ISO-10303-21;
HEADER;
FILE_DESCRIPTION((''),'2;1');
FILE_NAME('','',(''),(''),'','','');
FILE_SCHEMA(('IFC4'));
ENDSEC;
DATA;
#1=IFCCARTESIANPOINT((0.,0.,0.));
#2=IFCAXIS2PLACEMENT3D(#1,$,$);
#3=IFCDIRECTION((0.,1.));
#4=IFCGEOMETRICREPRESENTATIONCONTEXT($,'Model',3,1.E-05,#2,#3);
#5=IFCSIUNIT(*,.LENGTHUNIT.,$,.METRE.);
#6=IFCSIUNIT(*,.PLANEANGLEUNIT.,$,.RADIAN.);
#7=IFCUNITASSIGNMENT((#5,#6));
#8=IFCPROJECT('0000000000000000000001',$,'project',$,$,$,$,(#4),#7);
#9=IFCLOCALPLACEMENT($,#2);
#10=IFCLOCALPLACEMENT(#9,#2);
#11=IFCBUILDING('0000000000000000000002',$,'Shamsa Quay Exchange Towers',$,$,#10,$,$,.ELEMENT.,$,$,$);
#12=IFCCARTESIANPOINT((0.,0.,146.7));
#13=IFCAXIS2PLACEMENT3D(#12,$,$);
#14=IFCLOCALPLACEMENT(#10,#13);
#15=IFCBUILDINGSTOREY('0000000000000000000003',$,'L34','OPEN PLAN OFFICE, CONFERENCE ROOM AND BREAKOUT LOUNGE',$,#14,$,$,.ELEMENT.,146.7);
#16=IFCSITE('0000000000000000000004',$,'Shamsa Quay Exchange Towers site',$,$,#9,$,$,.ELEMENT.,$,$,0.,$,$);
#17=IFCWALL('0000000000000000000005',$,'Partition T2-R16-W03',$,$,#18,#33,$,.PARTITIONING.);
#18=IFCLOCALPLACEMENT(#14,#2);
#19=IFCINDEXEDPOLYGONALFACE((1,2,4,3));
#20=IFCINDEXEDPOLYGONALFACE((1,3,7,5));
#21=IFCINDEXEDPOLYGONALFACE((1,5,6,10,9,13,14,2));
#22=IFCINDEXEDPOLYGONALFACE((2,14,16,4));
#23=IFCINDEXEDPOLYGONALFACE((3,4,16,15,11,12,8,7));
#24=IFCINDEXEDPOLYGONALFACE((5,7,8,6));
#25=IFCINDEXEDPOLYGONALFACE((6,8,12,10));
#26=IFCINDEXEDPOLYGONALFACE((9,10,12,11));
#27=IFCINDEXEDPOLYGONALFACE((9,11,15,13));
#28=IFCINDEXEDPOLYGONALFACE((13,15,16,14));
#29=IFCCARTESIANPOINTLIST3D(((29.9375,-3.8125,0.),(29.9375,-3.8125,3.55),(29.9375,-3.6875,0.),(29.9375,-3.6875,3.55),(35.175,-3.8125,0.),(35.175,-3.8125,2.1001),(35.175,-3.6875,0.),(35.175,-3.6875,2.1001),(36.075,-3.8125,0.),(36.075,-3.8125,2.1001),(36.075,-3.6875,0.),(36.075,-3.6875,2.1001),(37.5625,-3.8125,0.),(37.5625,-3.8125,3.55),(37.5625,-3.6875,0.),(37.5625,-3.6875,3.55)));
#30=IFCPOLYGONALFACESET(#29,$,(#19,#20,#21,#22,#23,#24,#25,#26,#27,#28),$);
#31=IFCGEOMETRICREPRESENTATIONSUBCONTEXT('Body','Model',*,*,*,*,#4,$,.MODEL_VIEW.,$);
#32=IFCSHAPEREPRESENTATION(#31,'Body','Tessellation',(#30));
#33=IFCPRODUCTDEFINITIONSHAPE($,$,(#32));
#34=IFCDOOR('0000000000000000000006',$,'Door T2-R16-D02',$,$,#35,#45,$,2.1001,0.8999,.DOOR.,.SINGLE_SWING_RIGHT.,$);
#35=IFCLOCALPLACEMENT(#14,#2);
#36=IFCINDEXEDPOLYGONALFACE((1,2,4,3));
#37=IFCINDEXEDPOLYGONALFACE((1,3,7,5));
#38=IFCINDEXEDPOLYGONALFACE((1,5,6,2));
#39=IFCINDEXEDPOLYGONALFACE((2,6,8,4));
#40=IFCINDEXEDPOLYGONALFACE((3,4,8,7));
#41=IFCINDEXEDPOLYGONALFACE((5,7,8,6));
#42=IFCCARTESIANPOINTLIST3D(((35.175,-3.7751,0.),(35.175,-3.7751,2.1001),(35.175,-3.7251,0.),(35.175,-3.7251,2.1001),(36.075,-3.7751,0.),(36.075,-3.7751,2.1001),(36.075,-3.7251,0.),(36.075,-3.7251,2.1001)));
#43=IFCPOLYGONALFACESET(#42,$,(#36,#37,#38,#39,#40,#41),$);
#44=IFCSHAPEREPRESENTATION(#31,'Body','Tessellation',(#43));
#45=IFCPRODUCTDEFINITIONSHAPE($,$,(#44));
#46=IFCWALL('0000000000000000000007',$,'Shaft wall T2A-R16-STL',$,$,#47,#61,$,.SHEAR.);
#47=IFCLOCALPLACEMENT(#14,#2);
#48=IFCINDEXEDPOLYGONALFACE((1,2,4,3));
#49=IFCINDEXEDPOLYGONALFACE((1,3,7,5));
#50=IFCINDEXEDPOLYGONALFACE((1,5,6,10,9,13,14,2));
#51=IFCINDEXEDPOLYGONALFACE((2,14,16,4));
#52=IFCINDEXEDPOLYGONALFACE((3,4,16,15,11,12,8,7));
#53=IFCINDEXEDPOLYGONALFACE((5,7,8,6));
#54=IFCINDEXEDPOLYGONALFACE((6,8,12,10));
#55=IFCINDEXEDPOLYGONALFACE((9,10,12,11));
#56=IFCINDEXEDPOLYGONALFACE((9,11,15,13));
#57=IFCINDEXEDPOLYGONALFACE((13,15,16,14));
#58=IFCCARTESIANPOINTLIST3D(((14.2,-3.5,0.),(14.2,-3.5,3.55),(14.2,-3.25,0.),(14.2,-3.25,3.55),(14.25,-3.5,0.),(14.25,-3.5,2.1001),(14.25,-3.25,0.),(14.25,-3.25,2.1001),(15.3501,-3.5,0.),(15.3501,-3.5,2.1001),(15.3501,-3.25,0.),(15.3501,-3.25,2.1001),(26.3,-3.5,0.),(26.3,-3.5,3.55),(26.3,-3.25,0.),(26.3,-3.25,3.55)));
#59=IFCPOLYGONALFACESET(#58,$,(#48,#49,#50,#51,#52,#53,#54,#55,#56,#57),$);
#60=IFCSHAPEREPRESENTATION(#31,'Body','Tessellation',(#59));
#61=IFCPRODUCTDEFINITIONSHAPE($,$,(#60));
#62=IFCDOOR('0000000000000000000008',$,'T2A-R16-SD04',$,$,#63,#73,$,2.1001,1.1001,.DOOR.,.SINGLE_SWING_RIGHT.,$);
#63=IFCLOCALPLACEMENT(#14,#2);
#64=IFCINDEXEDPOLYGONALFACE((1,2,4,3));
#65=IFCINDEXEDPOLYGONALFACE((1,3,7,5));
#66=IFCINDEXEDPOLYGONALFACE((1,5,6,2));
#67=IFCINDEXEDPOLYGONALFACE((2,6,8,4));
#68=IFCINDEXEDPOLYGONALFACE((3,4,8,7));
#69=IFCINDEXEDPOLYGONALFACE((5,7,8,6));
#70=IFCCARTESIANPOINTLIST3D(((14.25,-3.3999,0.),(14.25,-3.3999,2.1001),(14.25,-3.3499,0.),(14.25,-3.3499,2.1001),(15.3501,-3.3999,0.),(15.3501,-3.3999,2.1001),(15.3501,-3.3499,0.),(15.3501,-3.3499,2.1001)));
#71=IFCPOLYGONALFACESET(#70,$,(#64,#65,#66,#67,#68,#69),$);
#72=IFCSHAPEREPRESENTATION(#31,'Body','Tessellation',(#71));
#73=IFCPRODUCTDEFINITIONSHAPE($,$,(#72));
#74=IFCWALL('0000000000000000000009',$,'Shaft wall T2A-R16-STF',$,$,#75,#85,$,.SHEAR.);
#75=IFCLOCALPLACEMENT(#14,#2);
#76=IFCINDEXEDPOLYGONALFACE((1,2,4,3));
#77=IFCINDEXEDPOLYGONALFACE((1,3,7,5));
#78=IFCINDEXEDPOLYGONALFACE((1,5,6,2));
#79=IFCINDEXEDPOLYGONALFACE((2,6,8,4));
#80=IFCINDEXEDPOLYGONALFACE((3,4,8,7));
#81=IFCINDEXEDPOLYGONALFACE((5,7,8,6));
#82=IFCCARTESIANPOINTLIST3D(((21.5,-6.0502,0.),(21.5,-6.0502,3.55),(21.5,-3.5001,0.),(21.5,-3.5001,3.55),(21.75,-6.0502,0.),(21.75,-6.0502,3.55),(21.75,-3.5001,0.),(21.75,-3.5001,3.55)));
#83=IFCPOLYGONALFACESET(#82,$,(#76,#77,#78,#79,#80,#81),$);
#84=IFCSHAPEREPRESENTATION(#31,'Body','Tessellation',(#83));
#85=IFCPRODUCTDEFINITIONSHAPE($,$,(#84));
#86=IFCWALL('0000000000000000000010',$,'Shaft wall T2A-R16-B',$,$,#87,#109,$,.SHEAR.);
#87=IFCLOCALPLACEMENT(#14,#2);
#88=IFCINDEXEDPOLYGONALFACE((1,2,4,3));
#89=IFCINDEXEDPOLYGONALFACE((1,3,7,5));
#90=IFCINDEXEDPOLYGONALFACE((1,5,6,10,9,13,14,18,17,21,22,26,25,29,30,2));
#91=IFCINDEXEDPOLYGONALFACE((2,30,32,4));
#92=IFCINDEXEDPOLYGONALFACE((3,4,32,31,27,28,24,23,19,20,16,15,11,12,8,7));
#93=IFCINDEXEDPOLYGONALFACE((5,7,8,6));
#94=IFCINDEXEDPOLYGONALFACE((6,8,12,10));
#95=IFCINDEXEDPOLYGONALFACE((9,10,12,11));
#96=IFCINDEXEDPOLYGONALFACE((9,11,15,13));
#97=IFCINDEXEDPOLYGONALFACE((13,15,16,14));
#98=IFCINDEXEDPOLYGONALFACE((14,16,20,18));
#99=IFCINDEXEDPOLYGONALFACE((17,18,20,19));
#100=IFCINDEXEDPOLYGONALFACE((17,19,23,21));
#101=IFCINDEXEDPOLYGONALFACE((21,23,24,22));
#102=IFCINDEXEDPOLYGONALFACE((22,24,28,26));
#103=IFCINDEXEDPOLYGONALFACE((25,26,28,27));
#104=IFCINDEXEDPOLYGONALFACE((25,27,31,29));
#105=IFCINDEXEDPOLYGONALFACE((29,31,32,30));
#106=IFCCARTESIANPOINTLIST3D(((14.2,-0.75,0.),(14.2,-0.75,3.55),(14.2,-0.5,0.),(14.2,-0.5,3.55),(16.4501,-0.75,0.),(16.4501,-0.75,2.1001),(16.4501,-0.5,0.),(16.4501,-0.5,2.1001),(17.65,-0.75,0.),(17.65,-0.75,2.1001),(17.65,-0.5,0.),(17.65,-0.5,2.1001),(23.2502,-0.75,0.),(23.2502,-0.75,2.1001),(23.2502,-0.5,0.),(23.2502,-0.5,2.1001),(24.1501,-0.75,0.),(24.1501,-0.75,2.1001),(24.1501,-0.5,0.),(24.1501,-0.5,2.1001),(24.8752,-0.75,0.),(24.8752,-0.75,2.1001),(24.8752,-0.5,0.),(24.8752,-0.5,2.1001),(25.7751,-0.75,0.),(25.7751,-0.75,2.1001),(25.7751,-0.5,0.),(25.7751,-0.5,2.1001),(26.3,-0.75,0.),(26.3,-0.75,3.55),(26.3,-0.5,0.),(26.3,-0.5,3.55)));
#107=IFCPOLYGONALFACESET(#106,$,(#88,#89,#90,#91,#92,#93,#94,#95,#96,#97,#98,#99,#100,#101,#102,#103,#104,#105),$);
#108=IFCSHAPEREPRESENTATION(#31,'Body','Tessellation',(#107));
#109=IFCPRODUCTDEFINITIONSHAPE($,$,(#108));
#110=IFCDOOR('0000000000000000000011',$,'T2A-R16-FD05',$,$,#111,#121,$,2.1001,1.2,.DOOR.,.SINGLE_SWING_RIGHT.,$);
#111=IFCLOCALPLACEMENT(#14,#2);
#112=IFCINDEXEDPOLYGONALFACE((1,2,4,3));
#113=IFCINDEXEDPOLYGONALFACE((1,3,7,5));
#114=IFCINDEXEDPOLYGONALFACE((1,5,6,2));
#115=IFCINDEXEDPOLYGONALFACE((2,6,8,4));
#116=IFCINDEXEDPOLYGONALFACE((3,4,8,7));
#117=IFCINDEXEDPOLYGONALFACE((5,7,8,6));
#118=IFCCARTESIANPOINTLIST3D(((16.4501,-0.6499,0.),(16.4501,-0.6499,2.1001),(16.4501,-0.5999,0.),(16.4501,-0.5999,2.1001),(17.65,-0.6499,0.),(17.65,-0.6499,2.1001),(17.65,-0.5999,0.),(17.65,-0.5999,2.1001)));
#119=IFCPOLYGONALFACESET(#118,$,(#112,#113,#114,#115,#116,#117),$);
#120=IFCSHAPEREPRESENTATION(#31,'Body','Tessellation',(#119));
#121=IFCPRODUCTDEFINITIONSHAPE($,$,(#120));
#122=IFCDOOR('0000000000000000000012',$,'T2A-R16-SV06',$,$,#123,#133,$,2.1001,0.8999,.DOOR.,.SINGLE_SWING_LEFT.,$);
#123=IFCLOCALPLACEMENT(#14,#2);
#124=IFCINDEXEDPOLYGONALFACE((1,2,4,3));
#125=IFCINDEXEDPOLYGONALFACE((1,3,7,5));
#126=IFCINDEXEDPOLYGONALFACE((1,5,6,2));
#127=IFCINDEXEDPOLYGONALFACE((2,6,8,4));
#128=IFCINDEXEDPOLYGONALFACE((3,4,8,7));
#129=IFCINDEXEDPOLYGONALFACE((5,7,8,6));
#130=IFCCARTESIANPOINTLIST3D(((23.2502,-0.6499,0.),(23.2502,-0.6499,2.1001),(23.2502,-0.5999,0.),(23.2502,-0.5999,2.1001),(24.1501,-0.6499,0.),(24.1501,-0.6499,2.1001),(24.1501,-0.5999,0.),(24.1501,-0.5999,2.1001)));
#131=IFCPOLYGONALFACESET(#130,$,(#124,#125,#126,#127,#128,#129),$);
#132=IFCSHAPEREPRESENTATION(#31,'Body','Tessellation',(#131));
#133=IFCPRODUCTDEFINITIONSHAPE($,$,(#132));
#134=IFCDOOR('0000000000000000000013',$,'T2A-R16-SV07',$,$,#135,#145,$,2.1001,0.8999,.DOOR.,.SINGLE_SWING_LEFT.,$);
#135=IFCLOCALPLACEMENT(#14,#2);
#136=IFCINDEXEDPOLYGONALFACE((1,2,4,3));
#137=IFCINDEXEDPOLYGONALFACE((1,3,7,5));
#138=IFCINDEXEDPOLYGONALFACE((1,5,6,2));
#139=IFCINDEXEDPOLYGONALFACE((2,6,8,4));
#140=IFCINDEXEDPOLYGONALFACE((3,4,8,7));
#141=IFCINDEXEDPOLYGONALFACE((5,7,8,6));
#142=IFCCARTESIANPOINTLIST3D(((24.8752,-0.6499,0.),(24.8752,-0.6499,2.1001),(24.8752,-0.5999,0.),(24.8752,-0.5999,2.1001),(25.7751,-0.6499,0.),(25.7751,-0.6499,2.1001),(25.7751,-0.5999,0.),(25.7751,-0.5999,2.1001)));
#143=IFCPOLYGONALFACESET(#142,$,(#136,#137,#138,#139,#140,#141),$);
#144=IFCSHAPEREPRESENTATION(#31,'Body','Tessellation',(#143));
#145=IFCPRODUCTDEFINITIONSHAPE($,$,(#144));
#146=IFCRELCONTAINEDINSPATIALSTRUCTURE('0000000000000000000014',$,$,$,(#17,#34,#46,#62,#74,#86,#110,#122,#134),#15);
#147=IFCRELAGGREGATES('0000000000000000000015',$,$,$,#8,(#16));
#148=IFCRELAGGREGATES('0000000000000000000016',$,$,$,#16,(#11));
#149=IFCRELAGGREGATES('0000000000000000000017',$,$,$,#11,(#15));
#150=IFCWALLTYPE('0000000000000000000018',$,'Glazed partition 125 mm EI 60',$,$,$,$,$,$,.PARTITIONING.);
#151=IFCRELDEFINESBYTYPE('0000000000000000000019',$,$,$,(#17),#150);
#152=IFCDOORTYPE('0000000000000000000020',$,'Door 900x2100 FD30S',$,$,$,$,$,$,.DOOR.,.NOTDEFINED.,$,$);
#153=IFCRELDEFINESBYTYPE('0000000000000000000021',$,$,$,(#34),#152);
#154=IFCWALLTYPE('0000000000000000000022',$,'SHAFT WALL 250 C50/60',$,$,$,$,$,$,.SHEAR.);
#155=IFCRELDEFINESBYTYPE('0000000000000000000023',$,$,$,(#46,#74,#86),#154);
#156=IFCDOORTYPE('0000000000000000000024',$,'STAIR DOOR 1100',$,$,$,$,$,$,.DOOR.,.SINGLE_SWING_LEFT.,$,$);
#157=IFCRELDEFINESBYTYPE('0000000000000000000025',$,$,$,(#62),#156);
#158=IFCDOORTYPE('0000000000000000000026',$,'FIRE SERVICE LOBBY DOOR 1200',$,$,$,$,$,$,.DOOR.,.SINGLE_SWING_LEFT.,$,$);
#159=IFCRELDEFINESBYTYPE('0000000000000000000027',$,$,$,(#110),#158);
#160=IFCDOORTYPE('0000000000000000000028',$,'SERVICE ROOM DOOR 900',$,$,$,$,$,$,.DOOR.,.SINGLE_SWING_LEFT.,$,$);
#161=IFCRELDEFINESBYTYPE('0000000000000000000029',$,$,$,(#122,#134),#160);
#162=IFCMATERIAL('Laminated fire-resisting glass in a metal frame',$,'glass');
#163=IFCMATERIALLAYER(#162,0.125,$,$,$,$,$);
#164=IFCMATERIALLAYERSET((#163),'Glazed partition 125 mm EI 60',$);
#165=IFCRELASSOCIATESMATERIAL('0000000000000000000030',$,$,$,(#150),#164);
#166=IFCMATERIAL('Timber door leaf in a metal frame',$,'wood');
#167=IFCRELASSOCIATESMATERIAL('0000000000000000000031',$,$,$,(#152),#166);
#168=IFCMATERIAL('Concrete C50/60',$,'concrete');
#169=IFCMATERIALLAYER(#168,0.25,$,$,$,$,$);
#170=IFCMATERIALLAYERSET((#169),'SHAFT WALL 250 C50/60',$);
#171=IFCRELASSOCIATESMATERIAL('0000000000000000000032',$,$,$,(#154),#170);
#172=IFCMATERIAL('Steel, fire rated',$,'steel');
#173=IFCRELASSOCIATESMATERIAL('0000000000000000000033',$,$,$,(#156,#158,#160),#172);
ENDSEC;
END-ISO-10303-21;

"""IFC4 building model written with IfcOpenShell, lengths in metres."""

from ifc_helpers import new_model, si_unit, direction, frame, frame_2d, origin, place, context, subcontext, project, spatial, rectangle, extrude, material, layer, layer_set, type_object, element, fill, save


model = new_model("IFC4")

# Units and contexts
model_context = context("Model", 3, precision=1e-05, world=origin(), true_north=direction((0.0, 1.0)))
body_context = subcontext(model_context, "Body", "Model", "MODEL_VIEW")
ifc_project = project(units=[si_unit("LENGTHUNIT", "METRE"), si_unit("PLANEANGLEUNIT", "RADIAN")], contexts=[model_context])

# Site, building, storey
site_placement = place(None, origin())
site = spatial("IfcSite", under=ifc_project, at=site_placement, Name="Shamsa Quay Exchange Towers site", CompositionType="ELEMENT", RefElevation=0.0)
building_placement = place(site_placement, origin())
building = spatial("IfcBuilding", under=site, at=building_placement, Name="Shamsa Quay Exchange Towers", CompositionType="ELEMENT")
storey_placement = place(building_placement, frame((0.0, 0.0, 146.7)))
storey = spatial("IfcBuildingStorey", under=building, at=storey_placement, Name="L34", Description="OPEN PLAN OFFICE, CONFERENCE ROOM AND BREAKOUT LOUNGE", CompositionType="ELEMENT", Elevation=146.7)

# Shared definitions
ifc_material_1 = material(Name="Timber door leaf in a metal frame", Category="wood")

# Walls, openings, doors
ifc_material_2 = material(Name="Laminated fire-resisting glass in a metal frame", Category="glass")
ifc_layer_1 = layer(ifc_material_2, 0.125)
ifc_layer_set_1 = layer_set([ifc_layer_1], Name="Glazed partition 125 mm EI 60")
wall_type_1 = type_object("IfcWallType", Name="Glazed partition 125 mm EI 60", PredefinedType="PARTITIONING", material=ifc_layer_set_1)
wall_1_placement = place(storey_placement, frame((29.9375, -3.75, 0.0)))
wall_1 = element("IfcWall", 1, at=wall_1_placement, inside=storey, type_object=wall_type_1, Name="Partition T2-R16-W03", PredefinedType="PARTITIONING", context=body_context, shape_type="SweptSolid", body=[
    extrude(rectangle(XDim=7.625, YDim=0.125, at=frame_2d((3.8125, 0.0))), origin(), (0.0, 0.0, 1.0), 3.55),
])
opening_1_placement = place(wall_1_placement, frame((5.2375, 0.0, 0.0)))
opening_1 = element("IfcOpeningElement", 2, at=opening_1_placement, cuts=wall_1, PredefinedType="OPENING", context=body_context, shape_type="SweptSolid", body=[
    extrude(rectangle(XDim=0.8999, YDim=2.1001, at=frame_2d((0.45, 1.05))), frame((0.0, 0.0725, 0.0), z_axis=(0.0, -1.0, 0.0), x_axis=(1.0, 0.0, 0.0)), (0.0, 0.0, 1.0), 0.145),
])
door_type_1 = type_object("IfcDoorType", Name="Door 900x2100 FD30S", OperationType="NOTDEFINED", PredefinedType="DOOR", material=ifc_material_1)
door_1_placement = place(opening_1_placement, origin())
door_1 = element("IfcDoor", 3, at=door_1_placement, inside=storey, type_object=door_type_1, Name="Door T2-R16-D02", OperationType="SINGLE_SWING_RIGHT", OverallHeight=2.1001, OverallWidth=0.8999, PredefinedType="DOOR", context=body_context, shape_type="SweptSolid", body=[
    extrude(rectangle(XDim=0.8999, YDim=2.1001, at=frame_2d((0.45, 1.05))), frame((0.0, 0.0249, 0.0), z_axis=(0.0, -1.0, 0.0), x_axis=(1.0, 0.0, 0.0)), (0.0, 0.0, 1.0), 0.05),
])
fill(opening_1, door_1)
ifc_material_3 = material(Name="Concrete C50/60", Category="concrete")
ifc_layer_2 = layer(ifc_material_3, 0.25)
ifc_layer_set_2 = layer_set([ifc_layer_2], Name="SHAFT WALL 250 C50/60")
wall_type_2 = type_object("IfcWallType", Name="SHAFT WALL 250 C50/60", PredefinedType="SHEAR", material=ifc_layer_set_2)
wall_2_placement = place(storey_placement, frame((26.3, -3.375, 0.0), z_axis=(0.0, 0.0, 1.0), x_axis=(-1.0, 0.0, 0.0)))
wall_2 = element("IfcWall", 4, at=wall_2_placement, inside=storey, type_object=wall_type_2, Name="Shaft wall T2A-R16-STL", PredefinedType="SHEAR", context=body_context, shape_type="SweptSolid", body=[
    extrude(rectangle(XDim=12.1001, YDim=0.25, at=frame_2d((6.05, 0.0))), origin(), (0.0, 0.0, 1.0), 3.55),
])
opening_2_placement = place(wall_2_placement, frame((10.95, 0.0, 0.0)))
opening_2 = element("IfcOpeningElement", 5, at=opening_2_placement, cuts=wall_2, PredefinedType="OPENING", context=body_context, shape_type="SweptSolid", body=[
    extrude(rectangle(XDim=1.1001, YDim=2.1001, at=frame_2d((0.55, 1.05))), frame((0.0, 0.135, 0.0), z_axis=(0.0, -1.0, 0.0), x_axis=(1.0, 0.0, 0.0)), (0.0, 0.0, 1.0), 0.27),
])
ifc_material_4 = material(Name="Steel, fire rated", Category="steel")
door_type_2 = type_object("IfcDoorType", Name="STAIR DOOR 1100", OperationType="SINGLE_SWING_LEFT", PredefinedType="DOOR", material=ifc_material_4)
door_2_placement = place(opening_2_placement, origin())
door_2 = element("IfcDoor", 6, at=door_2_placement, inside=storey, type_object=door_type_2, Name="T2A-R16-SD04", OperationType="SINGLE_SWING_RIGHT", OverallHeight=2.1001, OverallWidth=1.1001, PredefinedType="DOOR", context=body_context, shape_type="SweptSolid", body=[
    extrude(rectangle(XDim=1.1001, YDim=2.1001, at=frame_2d((0.55, 1.05))), frame((0.0, 0.0249, 0.0), z_axis=(0.0, -1.0, 0.0), x_axis=(1.0, 0.0, 0.0)), (0.0, 0.0, 1.0), 0.05),
])
fill(opening_2, door_2)

# Wall
wall_3_placement = place(storey_placement, frame((21.625, -6.05, 0.0), z_axis=(0.0, 0.0, 1.0), x_axis=(0.0, 1.0, 0.0)))
element("IfcWall", 7, at=wall_3_placement, inside=storey, type_object=wall_type_2, Name="Shaft wall T2A-R16-STF", PredefinedType="SHEAR", context=body_context, shape_type="SweptSolid", body=[
    extrude(rectangle(XDim=2.55, YDim=0.25, at=frame_2d((1.2749, 0.0))), origin(), (0.0, 0.0, 1.0), 3.55),
])

# Wall, openings, doors
wall_4_placement = place(storey_placement, frame((26.3, -0.625, 0.0), z_axis=(0.0, 0.0, 1.0), x_axis=(-1.0, 0.0, 0.0)))
wall_4 = element("IfcWall", 8, at=wall_4_placement, inside=storey, type_object=wall_type_2, Name="Shaft wall T2A-R16-B", PredefinedType="SHEAR", context=body_context, shape_type="SweptSolid", body=[
    extrude(rectangle(XDim=12.1001, YDim=0.25, at=frame_2d((6.05, 0.0))), origin(), (0.0, 0.0, 1.0), 3.55),
])
opening_3_placement = place(wall_4_placement, frame((8.6499, 0.0, 0.0)))
opening_3 = element("IfcOpeningElement", 9, at=opening_3_placement, cuts=wall_4, PredefinedType="OPENING", context=body_context, shape_type="SweptSolid", body=[
    extrude(rectangle(XDim=1.2, YDim=2.1001, at=frame_2d((0.6001, 1.05))), frame((0.0, 0.135, 0.0), z_axis=(0.0, -1.0, 0.0), x_axis=(1.0, 0.0, 0.0)), (0.0, 0.0, 1.0), 0.27),
])
opening_4_placement = place(wall_4_placement, frame((2.1499, 0.0, 0.0)))
opening_4 = element("IfcOpeningElement", 10, at=opening_4_placement, cuts=wall_4, PredefinedType="OPENING", context=body_context, shape_type="SweptSolid", body=[
    extrude(rectangle(XDim=0.8999, YDim=2.1001, at=frame_2d((0.45, 1.05))), frame((0.0, 0.135, 0.0), z_axis=(0.0, -1.0, 0.0), x_axis=(1.0, 0.0, 0.0)), (0.0, 0.0, 1.0), 0.27),
])
opening_5_placement = place(wall_4_placement, frame((0.5249, 0.0, 0.0)))
opening_5 = element("IfcOpeningElement", 11, at=opening_5_placement, cuts=wall_4, PredefinedType="OPENING", context=body_context, shape_type="SweptSolid", body=[
    extrude(rectangle(XDim=0.8999, YDim=2.1001, at=frame_2d((0.45, 1.05))), frame((0.0, 0.135, 0.0), z_axis=(0.0, -1.0, 0.0), x_axis=(1.0, 0.0, 0.0)), (0.0, 0.0, 1.0), 0.27),
])
door_type_3 = type_object("IfcDoorType", Name="FIRE SERVICE LOBBY DOOR 1200", OperationType="SINGLE_SWING_LEFT", PredefinedType="DOOR", material=ifc_material_4)
door_3_placement = place(opening_3_placement, origin())
door_3 = element("IfcDoor", 12, at=door_3_placement, inside=storey, type_object=door_type_3, Name="T2A-R16-FD05", OperationType="SINGLE_SWING_RIGHT", OverallHeight=2.1001, OverallWidth=1.2, PredefinedType="DOOR", context=body_context, shape_type="SweptSolid", body=[
    extrude(rectangle(XDim=1.2, YDim=2.1001, at=frame_2d((0.6001, 1.05))), frame((0.0, 0.0249, 0.0), z_axis=(0.0, -1.0, 0.0), x_axis=(1.0, 0.0, 0.0)), (0.0, 0.0, 1.0), 0.05),
])
fill(opening_3, door_3)
door_type_4 = type_object("IfcDoorType", Name="SERVICE ROOM DOOR 900", OperationType="SINGLE_SWING_LEFT", PredefinedType="DOOR", material=ifc_material_4)
door_4_placement = place(opening_4_placement, origin())
door_4 = element("IfcDoor", 13, at=door_4_placement, inside=storey, type_object=door_type_4, Name="T2A-R16-SV06", OperationType="SINGLE_SWING_LEFT", OverallHeight=2.1001, OverallWidth=0.8999, PredefinedType="DOOR", context=body_context, shape_type="SweptSolid", body=[
    extrude(rectangle(XDim=0.8999, YDim=2.1001, at=frame_2d((0.45, 1.05))), frame((0.0, 0.0249, 0.0), z_axis=(0.0, -1.0, 0.0), x_axis=(1.0, 0.0, 0.0)), (0.0, 0.0, 1.0), 0.05),
])
fill(opening_4, door_4)
door_5_placement = place(opening_5_placement, origin())
door_5 = element("IfcDoor", 14, at=door_5_placement, inside=storey, type_object=door_type_4, Name="T2A-R16-SV07", OperationType="SINGLE_SWING_LEFT", OverallHeight=2.1001, OverallWidth=0.8999, PredefinedType="DOOR", context=body_context, shape_type="SweptSolid", body=[
    extrude(rectangle(XDim=0.8999, YDim=2.1001, at=frame_2d((0.45, 1.05))), frame((0.0, 0.0249, 0.0), z_axis=(0.0, -1.0, 0.0), x_axis=(1.0, 0.0, 0.0)), (0.0, 0.0, 1.0), 0.05),
])
fill(opening_5, door_5)

save(model, "model.ifc")
